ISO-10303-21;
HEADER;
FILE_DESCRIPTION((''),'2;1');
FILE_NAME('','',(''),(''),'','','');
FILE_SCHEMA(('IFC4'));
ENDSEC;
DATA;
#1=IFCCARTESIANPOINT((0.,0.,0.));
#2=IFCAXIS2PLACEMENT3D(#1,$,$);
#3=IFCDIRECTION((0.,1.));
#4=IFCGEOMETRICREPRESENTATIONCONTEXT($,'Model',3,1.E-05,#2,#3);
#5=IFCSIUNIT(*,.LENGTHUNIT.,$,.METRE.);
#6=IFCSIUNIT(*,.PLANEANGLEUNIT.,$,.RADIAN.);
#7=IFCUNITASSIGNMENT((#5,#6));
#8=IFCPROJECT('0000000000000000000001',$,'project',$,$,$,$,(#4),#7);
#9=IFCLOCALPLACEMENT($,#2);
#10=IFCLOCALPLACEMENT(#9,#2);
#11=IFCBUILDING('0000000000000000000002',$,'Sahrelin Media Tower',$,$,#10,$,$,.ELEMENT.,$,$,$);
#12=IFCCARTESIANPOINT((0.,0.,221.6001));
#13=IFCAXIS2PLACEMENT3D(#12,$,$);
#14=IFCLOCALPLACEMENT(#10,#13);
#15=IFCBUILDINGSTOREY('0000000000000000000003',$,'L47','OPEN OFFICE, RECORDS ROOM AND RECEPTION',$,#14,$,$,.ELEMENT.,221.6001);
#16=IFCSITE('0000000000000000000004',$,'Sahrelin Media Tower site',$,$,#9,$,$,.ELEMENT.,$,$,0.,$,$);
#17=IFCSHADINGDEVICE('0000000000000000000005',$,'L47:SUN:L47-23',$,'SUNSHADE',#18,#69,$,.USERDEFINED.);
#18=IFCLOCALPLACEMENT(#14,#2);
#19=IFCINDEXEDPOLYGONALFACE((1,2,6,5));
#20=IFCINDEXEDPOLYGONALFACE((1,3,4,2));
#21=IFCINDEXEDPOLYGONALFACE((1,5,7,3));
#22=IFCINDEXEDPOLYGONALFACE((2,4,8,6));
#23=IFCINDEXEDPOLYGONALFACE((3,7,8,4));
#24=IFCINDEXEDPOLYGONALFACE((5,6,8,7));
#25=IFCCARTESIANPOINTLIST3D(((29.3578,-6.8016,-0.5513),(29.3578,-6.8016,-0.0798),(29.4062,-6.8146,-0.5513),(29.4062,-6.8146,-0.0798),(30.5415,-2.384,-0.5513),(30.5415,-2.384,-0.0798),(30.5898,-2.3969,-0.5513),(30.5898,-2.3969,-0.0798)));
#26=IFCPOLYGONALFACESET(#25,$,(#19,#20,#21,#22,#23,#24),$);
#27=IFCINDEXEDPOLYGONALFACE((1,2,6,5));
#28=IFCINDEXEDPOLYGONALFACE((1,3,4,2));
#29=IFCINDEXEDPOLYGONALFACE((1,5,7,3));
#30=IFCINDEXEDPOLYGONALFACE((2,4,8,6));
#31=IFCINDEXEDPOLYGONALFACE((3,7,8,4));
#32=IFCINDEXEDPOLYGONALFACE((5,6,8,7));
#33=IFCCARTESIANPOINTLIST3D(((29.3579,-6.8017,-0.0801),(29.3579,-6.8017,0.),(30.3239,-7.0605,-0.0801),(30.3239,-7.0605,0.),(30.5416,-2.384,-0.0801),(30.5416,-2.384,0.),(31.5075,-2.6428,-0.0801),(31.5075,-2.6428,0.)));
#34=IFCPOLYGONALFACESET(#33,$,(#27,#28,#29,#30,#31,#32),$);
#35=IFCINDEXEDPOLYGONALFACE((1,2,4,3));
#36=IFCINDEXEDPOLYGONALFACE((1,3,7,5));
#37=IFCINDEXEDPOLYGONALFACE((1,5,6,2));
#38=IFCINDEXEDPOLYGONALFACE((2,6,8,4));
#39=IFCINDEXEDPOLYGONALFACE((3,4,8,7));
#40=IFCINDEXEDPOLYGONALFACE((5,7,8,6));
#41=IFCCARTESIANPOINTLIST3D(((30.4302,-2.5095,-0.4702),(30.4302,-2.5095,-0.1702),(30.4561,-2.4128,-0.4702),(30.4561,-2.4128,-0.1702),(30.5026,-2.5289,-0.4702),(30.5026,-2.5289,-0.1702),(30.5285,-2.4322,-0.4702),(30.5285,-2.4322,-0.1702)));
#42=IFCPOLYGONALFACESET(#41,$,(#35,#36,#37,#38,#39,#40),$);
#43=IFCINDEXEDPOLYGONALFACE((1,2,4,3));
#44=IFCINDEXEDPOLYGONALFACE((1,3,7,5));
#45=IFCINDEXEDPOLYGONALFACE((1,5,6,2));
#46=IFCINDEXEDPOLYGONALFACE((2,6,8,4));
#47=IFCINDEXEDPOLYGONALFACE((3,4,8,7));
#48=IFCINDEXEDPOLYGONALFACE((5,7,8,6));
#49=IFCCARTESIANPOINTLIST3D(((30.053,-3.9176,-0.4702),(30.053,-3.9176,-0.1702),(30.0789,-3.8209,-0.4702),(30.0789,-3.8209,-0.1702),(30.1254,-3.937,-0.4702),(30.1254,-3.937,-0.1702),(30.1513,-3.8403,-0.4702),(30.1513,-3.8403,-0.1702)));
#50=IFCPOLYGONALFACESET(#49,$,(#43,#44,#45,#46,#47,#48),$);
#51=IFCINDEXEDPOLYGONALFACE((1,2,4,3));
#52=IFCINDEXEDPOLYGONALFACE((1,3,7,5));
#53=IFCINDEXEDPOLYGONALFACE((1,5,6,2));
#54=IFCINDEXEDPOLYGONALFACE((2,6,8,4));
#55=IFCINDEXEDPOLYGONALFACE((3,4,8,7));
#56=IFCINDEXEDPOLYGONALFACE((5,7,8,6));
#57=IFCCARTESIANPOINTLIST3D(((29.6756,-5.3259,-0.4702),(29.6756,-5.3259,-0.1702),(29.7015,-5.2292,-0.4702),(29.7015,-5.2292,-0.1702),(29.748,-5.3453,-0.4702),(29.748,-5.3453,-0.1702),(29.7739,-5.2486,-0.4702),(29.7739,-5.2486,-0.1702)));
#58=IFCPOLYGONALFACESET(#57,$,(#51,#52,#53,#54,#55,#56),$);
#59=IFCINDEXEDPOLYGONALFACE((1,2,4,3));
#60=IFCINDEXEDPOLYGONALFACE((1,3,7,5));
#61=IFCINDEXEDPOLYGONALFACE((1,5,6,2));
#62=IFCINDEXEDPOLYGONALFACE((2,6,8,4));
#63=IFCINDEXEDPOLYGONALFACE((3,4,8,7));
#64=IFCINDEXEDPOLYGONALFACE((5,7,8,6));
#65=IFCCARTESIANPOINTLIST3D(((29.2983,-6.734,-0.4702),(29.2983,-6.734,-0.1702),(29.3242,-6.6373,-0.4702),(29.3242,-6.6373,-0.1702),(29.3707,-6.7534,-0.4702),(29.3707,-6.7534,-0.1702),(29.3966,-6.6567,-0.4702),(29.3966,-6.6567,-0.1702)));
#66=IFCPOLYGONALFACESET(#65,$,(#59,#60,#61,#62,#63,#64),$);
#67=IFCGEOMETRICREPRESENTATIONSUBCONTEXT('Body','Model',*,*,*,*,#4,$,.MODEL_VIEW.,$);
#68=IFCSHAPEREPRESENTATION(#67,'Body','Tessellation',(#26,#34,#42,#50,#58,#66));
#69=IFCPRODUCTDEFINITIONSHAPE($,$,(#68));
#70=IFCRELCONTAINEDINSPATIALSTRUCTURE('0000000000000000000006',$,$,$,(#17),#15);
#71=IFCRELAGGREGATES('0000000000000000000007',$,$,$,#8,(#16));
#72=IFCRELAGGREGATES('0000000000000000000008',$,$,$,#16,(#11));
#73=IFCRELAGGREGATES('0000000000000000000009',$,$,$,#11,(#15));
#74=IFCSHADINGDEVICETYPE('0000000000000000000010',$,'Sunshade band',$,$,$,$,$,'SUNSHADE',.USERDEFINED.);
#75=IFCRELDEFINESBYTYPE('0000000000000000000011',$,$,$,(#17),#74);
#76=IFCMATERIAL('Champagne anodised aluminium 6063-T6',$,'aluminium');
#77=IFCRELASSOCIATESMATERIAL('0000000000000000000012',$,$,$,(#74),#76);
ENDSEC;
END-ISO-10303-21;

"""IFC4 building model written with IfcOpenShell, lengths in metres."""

from ifc_helpers import new_model, si_unit, direction, frame, origin, origin_2d, place, context, subcontext, project, spatial, rectangle, extrude, material, type_object, element, save


model = new_model("IFC4")

# Units and contexts
model_context = context("Model", 3, precision=1e-05, world=origin(), true_north=direction((0.0, 1.0)))
body_context = subcontext(model_context, "Body", "Model", "MODEL_VIEW")
ifc_project = project(units=[si_unit("LENGTHUNIT", "METRE"), si_unit("PLANEANGLEUNIT", "RADIAN")], contexts=[model_context])

# Site, building, storey
site_placement = place(None, origin())
site = spatial("IfcSite", under=ifc_project, at=site_placement, Name="Sahrelin Media Tower site", CompositionType="ELEMENT", RefElevation=0.0)
building_placement = place(site_placement, origin())
building = spatial("IfcBuilding", under=site, at=building_placement, Name="Sahrelin Media Tower", CompositionType="ELEMENT")
storey_placement = place(building_placement, frame((0.0, 0.0, 221.6001)))
storey = spatial("IfcBuildingStorey", under=building, at=storey_placement, Name="L47", Description="OPEN OFFICE, RECORDS ROOM AND RECEPTION", CompositionType="ELEMENT", Elevation=221.6001)

# Shared definitions
ifc_material_1 = material(Name="Champagne anodised aluminium 6063-T6", Category="aluminium")

# Shading device
placement_1 = place(storey_placement, frame((29.9304, -4.5876, 0.0), z_axis=(0.0, 0.0, 1.0), x_axis=(-0.258808, -0.965929, 0.0)))
shading_device_type_1 = type_object("IfcShadingDeviceType", Name="Sunshade band", ElementType="SUNSHADE", PredefinedType="USERDEFINED", material=ifc_material_1)
element("IfcShadingDevice", 1, at=placement_1, inside=storey, type_object=shading_device_type_1, Name="L47:SUN:L47-23", ObjectType="SUNSHADE", PredefinedType="USERDEFINED", context=body_context, shape_type="SweptSolid", body=[
    extrude(rectangle(XDim=4.5735, YDim=0.05, at=origin_2d()), frame((0.0, 0.0449, -0.5513)), (0.0, 0.0, 1.0), 0.4714),
    extrude(rectangle(XDim=4.5735, YDim=1.0, at=origin_2d()), frame((0.0, 0.52, -0.0801)), (0.0, 0.0, 1.0), 0.0801),
    extrude(rectangle(XDim=0.1001, YDim=0.075, at=origin_2d()), frame((-2.1868, -0.0176, -0.4702)), (0.0, 0.0, 1.0), 0.3),
    extrude(rectangle(XDim=0.1001, YDim=0.075, at=origin_2d()), frame((-0.729, -0.0176, -0.4702)), (0.0, 0.0, 1.0), 0.3),
    extrude(rectangle(XDim=0.1001, YDim=0.075, at=origin_2d()), frame((0.729, -0.0176, -0.4702)), (0.0, 0.0, 1.0), 0.3),
    extrude(rectangle(XDim=0.1001, YDim=0.075, at=origin_2d()), frame((2.1868, -0.0176, -0.4702)), (0.0, 0.0, 1.0), 0.3),
])

save(model, "model.ifc")
